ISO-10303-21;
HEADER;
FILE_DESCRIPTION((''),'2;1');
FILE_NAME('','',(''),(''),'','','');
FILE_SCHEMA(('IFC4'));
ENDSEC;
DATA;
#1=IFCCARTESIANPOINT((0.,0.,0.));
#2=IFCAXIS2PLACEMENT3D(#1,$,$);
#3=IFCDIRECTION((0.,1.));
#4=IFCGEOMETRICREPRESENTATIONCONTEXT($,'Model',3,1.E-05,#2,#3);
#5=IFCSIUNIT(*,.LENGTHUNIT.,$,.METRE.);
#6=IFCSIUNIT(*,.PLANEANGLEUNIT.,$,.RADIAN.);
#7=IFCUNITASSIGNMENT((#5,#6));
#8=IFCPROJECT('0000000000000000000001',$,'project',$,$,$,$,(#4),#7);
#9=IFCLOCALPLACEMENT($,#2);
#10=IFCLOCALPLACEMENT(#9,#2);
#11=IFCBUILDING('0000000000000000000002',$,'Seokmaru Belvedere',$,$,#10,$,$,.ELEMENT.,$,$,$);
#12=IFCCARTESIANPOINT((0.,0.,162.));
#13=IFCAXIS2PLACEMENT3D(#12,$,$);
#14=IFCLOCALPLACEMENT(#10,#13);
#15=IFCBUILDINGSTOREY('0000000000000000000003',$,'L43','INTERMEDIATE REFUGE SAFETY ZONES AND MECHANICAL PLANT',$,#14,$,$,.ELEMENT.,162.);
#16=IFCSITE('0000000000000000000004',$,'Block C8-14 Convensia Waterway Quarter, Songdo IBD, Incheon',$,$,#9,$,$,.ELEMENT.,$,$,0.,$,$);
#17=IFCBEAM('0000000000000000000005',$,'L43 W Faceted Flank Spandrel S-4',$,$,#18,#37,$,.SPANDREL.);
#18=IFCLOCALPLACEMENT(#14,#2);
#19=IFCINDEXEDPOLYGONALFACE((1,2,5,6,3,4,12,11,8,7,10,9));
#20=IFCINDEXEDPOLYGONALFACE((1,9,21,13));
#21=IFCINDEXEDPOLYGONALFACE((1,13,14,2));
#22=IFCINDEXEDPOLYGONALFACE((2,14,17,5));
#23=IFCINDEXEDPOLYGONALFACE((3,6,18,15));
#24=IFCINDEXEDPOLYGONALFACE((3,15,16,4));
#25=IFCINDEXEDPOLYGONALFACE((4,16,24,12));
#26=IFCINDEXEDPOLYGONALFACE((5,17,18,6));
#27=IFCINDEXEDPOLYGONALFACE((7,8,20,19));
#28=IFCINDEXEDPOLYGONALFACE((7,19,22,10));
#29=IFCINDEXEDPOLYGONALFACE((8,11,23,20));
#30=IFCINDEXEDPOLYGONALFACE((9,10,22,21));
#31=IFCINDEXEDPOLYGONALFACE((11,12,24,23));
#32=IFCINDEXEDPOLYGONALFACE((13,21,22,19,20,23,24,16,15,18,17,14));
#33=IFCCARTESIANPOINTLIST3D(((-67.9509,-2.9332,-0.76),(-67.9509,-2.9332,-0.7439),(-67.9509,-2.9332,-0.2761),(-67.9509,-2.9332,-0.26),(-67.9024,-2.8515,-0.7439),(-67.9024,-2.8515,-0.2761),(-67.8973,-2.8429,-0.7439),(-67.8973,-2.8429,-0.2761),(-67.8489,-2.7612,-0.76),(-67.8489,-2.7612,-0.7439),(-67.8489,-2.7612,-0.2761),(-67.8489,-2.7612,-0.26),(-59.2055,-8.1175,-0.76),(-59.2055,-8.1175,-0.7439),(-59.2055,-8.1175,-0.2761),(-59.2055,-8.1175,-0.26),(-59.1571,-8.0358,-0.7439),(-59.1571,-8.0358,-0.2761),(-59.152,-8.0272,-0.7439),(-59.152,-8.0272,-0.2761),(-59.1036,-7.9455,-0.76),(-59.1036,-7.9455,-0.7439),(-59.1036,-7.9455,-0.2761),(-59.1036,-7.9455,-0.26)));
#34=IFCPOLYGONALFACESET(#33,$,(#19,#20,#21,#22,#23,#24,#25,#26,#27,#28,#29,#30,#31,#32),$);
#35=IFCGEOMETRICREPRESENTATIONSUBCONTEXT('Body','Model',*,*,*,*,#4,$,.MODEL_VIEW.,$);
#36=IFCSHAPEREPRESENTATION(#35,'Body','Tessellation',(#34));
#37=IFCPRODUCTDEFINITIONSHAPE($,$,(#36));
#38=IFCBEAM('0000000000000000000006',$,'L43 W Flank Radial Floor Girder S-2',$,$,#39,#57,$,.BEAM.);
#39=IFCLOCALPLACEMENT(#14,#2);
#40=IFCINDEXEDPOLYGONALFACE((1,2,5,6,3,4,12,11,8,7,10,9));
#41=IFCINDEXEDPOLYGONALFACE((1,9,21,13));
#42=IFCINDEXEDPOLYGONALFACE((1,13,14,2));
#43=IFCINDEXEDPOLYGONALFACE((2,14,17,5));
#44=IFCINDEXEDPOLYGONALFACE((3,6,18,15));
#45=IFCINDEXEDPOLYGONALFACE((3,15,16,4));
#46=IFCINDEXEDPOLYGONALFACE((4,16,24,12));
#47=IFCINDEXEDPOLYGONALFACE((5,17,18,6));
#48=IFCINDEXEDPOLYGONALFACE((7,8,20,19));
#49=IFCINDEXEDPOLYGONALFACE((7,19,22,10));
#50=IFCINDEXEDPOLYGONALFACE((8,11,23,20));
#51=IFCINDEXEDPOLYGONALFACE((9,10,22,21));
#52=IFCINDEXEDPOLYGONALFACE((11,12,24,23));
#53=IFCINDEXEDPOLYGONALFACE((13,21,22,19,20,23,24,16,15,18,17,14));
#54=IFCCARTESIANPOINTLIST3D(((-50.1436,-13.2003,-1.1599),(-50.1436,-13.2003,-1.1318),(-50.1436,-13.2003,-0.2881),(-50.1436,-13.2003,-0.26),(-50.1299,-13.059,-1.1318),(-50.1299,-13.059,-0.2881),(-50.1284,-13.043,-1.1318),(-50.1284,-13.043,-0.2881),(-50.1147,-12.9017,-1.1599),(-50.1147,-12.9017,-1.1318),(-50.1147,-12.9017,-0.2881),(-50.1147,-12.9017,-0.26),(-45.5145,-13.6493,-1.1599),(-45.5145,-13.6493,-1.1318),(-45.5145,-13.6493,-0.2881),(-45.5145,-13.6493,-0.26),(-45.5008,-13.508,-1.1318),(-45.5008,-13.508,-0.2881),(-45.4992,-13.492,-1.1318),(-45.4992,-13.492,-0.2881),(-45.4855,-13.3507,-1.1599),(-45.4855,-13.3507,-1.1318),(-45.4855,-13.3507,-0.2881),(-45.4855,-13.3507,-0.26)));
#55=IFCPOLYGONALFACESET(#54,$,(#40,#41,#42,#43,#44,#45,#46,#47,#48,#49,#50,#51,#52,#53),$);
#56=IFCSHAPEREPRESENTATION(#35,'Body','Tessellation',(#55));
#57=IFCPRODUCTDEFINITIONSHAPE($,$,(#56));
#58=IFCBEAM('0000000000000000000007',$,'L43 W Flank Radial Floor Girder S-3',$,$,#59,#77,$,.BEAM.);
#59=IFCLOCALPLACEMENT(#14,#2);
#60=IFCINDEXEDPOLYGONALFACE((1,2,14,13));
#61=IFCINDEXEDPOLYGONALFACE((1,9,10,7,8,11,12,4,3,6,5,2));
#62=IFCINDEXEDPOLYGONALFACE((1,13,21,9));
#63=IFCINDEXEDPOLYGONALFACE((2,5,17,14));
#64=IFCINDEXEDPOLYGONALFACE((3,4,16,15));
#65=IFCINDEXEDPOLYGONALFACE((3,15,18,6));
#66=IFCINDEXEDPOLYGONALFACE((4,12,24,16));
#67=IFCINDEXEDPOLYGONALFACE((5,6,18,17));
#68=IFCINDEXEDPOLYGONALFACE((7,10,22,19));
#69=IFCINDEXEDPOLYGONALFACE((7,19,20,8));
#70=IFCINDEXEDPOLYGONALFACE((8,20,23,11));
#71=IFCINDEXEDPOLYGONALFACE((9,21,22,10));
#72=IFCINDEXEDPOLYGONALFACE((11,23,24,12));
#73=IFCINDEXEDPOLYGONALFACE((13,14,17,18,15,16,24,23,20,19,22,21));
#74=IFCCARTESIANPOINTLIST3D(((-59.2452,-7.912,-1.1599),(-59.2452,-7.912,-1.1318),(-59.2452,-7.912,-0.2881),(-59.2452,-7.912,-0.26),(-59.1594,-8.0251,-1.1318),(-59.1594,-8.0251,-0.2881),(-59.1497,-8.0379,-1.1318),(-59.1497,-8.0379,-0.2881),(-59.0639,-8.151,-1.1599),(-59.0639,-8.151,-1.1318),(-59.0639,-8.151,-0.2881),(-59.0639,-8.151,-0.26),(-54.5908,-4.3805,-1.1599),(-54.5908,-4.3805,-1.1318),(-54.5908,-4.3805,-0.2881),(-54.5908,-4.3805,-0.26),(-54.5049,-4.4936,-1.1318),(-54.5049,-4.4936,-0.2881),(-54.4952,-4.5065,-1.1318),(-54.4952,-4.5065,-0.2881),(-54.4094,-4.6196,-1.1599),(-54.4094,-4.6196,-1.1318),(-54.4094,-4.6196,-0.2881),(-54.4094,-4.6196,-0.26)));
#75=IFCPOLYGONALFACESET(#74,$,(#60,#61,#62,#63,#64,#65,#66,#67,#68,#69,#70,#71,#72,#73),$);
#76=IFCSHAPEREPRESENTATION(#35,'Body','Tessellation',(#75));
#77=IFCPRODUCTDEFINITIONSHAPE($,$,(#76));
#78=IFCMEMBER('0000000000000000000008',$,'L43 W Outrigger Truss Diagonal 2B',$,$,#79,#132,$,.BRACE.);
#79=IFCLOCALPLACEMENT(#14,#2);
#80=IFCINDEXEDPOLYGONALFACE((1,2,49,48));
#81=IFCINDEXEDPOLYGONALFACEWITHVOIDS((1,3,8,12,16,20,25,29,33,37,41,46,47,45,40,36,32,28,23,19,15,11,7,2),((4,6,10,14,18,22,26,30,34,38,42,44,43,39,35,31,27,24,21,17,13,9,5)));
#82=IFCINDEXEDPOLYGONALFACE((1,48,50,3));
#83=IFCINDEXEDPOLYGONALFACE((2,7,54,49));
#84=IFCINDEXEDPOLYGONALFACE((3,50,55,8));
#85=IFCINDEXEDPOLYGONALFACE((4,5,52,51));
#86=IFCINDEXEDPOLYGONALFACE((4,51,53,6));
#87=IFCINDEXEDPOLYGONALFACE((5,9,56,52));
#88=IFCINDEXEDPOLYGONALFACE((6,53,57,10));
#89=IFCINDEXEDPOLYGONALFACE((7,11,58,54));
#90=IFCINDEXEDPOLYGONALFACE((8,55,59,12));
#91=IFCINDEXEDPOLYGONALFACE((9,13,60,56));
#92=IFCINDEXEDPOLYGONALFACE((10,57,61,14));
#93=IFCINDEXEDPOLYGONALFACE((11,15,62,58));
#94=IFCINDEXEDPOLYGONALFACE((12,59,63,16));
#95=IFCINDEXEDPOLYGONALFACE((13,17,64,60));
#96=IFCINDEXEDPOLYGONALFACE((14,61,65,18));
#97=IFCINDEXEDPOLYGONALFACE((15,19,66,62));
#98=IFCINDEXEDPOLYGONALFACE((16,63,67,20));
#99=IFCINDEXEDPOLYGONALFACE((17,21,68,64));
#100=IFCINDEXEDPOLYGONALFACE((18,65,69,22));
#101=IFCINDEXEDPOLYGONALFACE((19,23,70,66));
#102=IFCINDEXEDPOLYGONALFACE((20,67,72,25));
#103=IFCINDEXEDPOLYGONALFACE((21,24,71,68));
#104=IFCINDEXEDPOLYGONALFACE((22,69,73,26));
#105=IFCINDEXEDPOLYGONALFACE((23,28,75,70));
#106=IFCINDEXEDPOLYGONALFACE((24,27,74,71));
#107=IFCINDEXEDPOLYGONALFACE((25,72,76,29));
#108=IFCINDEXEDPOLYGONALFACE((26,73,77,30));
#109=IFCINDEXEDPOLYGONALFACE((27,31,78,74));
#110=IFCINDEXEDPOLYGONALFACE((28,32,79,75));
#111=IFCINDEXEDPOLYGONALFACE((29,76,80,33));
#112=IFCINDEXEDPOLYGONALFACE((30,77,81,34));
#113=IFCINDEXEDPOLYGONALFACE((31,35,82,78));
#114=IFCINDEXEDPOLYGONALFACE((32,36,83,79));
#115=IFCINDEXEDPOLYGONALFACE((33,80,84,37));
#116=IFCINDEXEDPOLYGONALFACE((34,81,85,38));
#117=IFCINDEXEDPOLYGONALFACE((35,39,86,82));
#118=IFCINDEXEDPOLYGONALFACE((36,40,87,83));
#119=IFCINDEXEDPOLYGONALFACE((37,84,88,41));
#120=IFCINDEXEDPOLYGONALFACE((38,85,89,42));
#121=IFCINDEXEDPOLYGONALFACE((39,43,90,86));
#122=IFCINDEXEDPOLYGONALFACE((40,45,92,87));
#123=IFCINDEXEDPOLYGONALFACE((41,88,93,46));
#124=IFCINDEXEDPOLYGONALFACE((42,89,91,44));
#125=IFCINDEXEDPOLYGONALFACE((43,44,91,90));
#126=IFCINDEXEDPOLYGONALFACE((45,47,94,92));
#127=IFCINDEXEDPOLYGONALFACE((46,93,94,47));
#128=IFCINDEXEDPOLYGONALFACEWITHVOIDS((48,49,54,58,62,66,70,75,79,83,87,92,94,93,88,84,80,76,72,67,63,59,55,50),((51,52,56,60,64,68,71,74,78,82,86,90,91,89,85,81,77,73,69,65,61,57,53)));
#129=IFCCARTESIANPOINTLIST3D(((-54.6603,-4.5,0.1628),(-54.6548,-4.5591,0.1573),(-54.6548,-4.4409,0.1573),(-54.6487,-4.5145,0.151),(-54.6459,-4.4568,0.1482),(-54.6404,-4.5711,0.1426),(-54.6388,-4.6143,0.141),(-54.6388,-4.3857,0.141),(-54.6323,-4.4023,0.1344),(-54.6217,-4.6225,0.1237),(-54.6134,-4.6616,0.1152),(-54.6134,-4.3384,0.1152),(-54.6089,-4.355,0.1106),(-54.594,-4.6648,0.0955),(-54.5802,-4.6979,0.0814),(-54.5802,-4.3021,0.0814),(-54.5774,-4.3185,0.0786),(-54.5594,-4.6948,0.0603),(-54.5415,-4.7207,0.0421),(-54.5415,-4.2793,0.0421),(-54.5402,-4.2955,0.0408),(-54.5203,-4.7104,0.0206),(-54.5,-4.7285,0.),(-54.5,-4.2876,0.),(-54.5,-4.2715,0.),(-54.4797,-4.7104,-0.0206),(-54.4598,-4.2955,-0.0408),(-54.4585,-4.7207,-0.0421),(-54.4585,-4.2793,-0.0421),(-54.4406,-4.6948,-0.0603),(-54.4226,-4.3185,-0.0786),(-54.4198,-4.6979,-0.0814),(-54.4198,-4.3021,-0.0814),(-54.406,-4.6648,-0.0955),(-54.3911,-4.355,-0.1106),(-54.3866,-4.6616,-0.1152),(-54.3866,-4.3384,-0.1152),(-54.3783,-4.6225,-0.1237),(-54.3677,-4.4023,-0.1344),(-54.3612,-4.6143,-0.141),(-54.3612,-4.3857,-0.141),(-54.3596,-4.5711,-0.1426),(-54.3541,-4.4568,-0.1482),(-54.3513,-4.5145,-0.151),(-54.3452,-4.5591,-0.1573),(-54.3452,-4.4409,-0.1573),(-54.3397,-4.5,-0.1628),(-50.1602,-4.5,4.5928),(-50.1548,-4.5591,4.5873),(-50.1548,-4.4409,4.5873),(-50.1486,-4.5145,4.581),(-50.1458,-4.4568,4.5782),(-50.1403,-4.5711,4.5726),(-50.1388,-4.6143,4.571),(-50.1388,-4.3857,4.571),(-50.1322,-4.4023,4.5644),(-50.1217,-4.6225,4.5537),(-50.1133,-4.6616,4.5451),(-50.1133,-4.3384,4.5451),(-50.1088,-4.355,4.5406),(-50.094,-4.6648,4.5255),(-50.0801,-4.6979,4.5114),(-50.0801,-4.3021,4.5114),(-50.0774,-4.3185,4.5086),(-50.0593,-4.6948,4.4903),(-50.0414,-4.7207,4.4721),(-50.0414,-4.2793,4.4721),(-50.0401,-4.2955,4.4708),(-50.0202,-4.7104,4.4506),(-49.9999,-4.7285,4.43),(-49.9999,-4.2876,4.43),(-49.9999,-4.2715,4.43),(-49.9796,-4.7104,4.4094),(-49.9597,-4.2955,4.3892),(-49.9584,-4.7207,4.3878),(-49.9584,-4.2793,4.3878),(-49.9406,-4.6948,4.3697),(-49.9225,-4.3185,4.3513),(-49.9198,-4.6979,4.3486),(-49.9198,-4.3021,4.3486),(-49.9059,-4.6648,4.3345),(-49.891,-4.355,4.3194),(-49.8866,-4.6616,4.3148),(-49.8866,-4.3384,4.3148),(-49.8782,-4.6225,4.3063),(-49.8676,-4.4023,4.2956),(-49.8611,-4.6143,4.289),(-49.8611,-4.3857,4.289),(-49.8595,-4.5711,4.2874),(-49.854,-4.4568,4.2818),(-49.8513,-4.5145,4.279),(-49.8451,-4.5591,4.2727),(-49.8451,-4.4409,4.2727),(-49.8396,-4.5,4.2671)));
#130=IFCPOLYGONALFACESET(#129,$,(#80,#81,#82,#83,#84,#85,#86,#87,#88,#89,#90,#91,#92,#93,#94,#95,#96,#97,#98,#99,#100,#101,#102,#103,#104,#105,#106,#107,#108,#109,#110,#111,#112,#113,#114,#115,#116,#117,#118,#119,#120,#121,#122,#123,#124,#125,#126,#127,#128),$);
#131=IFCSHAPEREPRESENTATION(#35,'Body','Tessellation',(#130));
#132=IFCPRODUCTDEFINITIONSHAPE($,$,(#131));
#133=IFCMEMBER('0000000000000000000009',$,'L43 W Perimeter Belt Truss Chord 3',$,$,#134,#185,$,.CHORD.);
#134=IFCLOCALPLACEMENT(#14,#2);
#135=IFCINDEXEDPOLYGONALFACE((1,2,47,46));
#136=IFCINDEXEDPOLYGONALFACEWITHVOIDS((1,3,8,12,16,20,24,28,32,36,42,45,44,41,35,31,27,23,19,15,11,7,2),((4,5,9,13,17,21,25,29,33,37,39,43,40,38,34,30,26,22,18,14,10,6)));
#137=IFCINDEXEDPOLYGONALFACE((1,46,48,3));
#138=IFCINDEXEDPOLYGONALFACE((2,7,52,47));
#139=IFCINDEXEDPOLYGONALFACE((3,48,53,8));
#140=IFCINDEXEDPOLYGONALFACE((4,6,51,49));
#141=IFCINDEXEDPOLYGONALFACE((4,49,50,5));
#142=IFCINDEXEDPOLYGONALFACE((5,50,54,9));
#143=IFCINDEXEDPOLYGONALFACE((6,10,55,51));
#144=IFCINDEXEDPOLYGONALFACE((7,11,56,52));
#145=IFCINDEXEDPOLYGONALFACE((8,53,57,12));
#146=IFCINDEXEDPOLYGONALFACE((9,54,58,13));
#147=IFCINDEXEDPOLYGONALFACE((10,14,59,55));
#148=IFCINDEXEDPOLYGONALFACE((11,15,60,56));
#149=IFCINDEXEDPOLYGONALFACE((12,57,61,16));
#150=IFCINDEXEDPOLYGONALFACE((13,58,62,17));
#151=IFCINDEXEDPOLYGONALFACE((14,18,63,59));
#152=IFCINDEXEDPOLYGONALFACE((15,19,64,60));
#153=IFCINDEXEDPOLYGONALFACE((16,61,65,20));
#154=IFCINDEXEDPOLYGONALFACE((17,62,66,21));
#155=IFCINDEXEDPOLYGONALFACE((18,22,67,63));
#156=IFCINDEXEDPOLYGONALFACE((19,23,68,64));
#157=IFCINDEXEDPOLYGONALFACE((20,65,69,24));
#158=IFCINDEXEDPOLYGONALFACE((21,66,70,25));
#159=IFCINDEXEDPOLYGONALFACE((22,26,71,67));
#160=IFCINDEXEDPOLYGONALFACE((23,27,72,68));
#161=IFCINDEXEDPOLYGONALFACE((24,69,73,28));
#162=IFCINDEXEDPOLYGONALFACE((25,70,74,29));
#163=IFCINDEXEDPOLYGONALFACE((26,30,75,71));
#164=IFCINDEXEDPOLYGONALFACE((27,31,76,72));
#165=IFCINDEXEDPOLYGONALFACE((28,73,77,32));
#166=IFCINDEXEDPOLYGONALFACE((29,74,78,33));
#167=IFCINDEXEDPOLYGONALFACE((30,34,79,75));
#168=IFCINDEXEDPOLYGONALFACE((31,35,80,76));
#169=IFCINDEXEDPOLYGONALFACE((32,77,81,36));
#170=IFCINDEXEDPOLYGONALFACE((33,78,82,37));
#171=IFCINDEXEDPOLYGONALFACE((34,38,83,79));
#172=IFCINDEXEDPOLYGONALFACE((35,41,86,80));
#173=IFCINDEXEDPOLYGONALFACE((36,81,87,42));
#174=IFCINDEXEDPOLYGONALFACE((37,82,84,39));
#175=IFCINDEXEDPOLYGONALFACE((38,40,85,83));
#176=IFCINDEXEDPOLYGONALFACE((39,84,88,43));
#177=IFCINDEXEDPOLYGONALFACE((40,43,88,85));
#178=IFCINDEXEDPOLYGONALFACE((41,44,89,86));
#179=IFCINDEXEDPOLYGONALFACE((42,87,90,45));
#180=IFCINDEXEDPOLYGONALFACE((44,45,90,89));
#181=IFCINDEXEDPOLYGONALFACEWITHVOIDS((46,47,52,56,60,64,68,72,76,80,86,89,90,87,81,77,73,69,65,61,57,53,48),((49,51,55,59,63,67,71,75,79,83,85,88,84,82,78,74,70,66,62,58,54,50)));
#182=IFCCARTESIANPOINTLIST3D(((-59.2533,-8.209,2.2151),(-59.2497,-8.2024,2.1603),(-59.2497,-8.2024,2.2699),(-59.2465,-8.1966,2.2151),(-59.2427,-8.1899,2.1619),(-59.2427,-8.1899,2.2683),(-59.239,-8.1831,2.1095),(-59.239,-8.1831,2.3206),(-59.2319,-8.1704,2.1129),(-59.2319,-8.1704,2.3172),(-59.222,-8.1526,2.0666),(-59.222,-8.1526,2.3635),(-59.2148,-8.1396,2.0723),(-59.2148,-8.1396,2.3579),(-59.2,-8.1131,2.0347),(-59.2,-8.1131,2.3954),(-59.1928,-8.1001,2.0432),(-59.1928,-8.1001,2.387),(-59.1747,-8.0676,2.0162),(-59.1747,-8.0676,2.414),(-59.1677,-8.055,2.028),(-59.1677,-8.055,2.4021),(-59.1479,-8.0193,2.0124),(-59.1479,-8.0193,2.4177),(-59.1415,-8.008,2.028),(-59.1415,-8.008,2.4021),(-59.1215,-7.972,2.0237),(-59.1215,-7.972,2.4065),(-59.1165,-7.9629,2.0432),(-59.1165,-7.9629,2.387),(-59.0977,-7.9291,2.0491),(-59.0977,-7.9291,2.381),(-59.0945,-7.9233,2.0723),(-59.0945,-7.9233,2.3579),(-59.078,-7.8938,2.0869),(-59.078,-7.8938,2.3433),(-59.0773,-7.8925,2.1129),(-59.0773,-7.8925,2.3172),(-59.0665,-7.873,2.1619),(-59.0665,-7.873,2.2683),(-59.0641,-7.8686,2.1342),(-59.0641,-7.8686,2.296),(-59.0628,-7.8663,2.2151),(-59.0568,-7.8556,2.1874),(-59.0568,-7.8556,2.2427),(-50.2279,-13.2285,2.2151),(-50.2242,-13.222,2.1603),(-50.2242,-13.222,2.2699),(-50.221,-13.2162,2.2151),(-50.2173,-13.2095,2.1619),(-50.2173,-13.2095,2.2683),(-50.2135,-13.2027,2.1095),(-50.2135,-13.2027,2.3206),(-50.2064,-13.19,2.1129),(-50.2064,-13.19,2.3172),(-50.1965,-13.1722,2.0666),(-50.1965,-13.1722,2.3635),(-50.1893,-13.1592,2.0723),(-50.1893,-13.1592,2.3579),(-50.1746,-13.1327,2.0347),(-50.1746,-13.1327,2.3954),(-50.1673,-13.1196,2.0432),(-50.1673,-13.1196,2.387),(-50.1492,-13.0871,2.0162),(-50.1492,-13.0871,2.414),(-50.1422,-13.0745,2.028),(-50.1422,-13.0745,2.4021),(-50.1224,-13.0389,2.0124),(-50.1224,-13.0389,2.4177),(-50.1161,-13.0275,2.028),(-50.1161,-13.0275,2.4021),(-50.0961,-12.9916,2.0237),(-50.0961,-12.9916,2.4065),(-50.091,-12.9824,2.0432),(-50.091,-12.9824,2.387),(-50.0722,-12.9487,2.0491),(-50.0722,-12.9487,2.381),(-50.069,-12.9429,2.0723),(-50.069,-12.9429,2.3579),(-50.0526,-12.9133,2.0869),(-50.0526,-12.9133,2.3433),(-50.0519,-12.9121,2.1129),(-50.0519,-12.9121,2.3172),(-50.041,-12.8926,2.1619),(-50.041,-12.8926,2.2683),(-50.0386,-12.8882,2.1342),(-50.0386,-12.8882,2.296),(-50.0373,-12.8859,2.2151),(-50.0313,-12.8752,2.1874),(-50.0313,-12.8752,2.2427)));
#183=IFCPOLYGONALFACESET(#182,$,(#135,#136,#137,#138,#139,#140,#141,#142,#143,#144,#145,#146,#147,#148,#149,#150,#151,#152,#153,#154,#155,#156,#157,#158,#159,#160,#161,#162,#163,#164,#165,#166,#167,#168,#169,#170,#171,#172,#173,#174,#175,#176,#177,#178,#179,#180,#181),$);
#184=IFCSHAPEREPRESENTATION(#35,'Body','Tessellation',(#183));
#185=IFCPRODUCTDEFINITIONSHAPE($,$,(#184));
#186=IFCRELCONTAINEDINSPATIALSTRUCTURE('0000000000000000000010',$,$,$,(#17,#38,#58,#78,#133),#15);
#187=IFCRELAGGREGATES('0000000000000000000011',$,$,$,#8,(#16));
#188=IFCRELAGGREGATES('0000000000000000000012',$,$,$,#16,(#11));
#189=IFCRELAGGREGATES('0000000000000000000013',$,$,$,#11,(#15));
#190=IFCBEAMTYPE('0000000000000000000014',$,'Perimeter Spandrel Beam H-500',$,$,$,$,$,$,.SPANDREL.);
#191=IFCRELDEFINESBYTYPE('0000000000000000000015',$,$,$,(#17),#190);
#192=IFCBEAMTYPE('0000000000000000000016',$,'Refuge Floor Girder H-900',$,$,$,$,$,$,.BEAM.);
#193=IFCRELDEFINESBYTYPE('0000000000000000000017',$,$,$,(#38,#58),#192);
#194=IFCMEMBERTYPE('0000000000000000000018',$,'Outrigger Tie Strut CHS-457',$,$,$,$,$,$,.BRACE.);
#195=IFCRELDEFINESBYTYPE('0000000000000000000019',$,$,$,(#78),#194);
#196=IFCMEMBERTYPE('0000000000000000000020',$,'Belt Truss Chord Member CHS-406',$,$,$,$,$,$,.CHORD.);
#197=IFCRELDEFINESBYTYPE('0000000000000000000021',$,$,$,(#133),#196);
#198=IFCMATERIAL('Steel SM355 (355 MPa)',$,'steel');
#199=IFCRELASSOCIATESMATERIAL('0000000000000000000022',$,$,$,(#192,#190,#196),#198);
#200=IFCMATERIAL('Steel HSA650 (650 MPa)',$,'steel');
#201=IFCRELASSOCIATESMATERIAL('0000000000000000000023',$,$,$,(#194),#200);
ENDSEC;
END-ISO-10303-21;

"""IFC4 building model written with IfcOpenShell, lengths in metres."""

from ifc_helpers import new_model, si_unit, direction, frame, origin, origin_2d, place, context, subcontext, project, spatial, hollow_circle, i_section, extrude, source, transform, mapped, material, material_profile, profile_set, type_object, type_shapes, element, save


model = new_model("IFC4")

# Units and contexts
model_context = context("Model", 3, precision=1e-05, world=origin(), true_north=direction((0.0, 1.0)))
body_context = subcontext(model_context, "Body", "Model", "MODEL_VIEW")
ifc_project = project(units=[si_unit("LENGTHUNIT", "METRE"), si_unit("PLANEANGLEUNIT", "RADIAN")], contexts=[model_context])

# Site, building, storey
site_placement = place(None, origin())
site = spatial("IfcSite", under=ifc_project, at=site_placement, Name="Block C8-14 Convensia Waterway Quarter, Songdo IBD, Incheon", CompositionType="ELEMENT", RefElevation=0.0)
building_placement = place(site_placement, origin())
building = spatial("IfcBuilding", under=site, at=building_placement, Name="Seokmaru Belvedere", CompositionType="ELEMENT")
storey_placement = place(building_placement, frame((0.0, 0.0, 162.0)))
storey = spatial("IfcBuildingStorey", under=building, at=storey_placement, Name="L43", Description="INTERMEDIATE REFUGE SAFETY ZONES AND MECHANICAL PLANT", CompositionType="ELEMENT", Elevation=162.0)

# Shared definitions
ifc_material_1 = material(Name="Steel SM355 (355 MPa)", Category="steel")

# Beams
ifc_material_profile_1 = material_profile(ifc_material_1, i_section(OverallWidth=0.3, OverallDepth=0.8999, WebThickness=0.0161, FlangeThickness=0.0281, at=origin_2d()), Name="H-900x300x16x28")
ifc_profile_set_1 = profile_set([ifc_material_profile_1], Name="Steel SM355 (355 MPa)")
beam_type_1 = type_object("IfcBeamType", Name="Refuge Floor Girder H-900", PredefinedType="BEAM", material=ifc_profile_set_1)
ifc_material_profile_2 = material_profile(ifc_material_1, i_section(OverallWidth=0.2, OverallDepth=0.5, WebThickness=0.01, FlangeThickness=0.0161, at=origin_2d()), Name="H-500x200x10x16")
ifc_profile_set_2 = profile_set([ifc_material_profile_2], Name="Steel SM355 (355 MPa)")
beam_type_2 = type_object("IfcBeamType", Name="Perimeter Spandrel Beam H-500", PredefinedType="SPANDREL", material=ifc_profile_set_2)
shared_shape_1 = source(origin(), body_context, "Body", "SweptSolid", [
    extrude(i_section(OverallWidth=0.2, OverallDepth=0.5, WebThickness=0.01, FlangeThickness=0.0161, at=origin_2d()), origin(), (0.0, 0.0, 1.0), 10.1665),
])
beam_1_placement = place(storey_placement, frame((-59.1545, -8.0315, -0.51), z_axis=(-0.86021, 0.50994, 0.0), x_axis=(-0.50994, -0.86021, 0.0)))
element("IfcBeam", 1, at=beam_1_placement, inside=storey, type_object=beam_type_2, Name="L43 W Faceted Flank Spandrel S-4", PredefinedType="SPANDREL", context=body_context, shape_type="MappedRepresentation", body=[
    mapped(shared_shape_1, transform((0.0, 0.0, 0.0), scale=1.0)),
])
shared_shape_2 = source(origin(), body_context, "Body", "SweptSolid", [
    extrude(i_section(OverallWidth=0.3, OverallDepth=0.8999, WebThickness=0.0161, FlangeThickness=0.0281, at=origin_2d()), origin(), (0.0, 0.0, 1.0), 4.6509),
])
beam_2_placement = place(storey_placement, frame((-50.1292, -13.051, -0.71), z_axis=(0.99533, -0.096536, 0.0), x_axis=(0.096536, 0.99533, 0.0)))
element("IfcBeam", 2, at=beam_2_placement, inside=storey, type_object=beam_type_1, Name="L43 W Flank Radial Floor Girder S-2", PredefinedType="BEAM", context=body_context, shape_type="MappedRepresentation", body=[
    mapped(shared_shape_2, transform((0.0, 0.0, 0.0), scale=1.0)),
])
shared_shape_3 = source(origin(), body_context, "Body", "SweptSolid", [
    extrude(i_section(OverallWidth=0.3, OverallDepth=0.8999, WebThickness=0.0161, FlangeThickness=0.0281, at=origin_2d()), origin(), (0.0, 0.0, 1.0), 5.8425),
])
beam_3_placement = place(storey_placement, frame((-59.1545, -8.0315, -0.71), z_axis=(0.796653, 0.604437, 0.0), x_axis=(-0.604437, 0.796653, 0.0)))
element("IfcBeam", 3, at=beam_3_placement, inside=storey, type_object=beam_type_1, Name="L43 W Flank Radial Floor Girder S-3", PredefinedType="BEAM", context=body_context, shape_type="MappedRepresentation", body=[
    mapped(shared_shape_3, transform((0.0, 0.0, 0.0), scale=1.0)),
])

# Members
ifc_material_2 = material(Name="Steel HSA650 (650 MPa)", Category="steel")
ifc_material_profile_3 = material_profile(ifc_material_2, hollow_circle(Radius=0.2285, WallThickness=0.0161, at=origin_2d()), Name="CHS-457.2x16.0")
ifc_profile_set_3 = profile_set([ifc_material_profile_3], Name="Steel HSA650 (650 MPa)")
member_type_1 = type_object("IfcMemberType", Name="Outrigger Tie Strut CHS-457", PredefinedType="BRACE", material=ifc_profile_set_3)
shared_shape_4 = source(origin(), body_context, "Body", "SweptSolid", [
    extrude(hollow_circle(Radius=0.2285, WallThickness=0.0161, at=origin_2d()), origin(), (0.0, 0.0, 1.0), 6.3147),
])
type_shapes(member_type_1, [shared_shape_4])
member_1_placement = place(storey_placement, frame((-54.5, -4.5, 0.0), z_axis=(0.712633, 0.0, 0.701537), x_axis=(0.0, 1.0, 0.0)))
element("IfcMember", 4, at=member_1_placement, inside=storey, type_object=member_type_1, Name="L43 W Outrigger Truss Diagonal 2B", PredefinedType="BRACE", context=body_context, shape_type="MappedRepresentation", body=[
    mapped(shared_shape_4, transform((0.0, 0.0, 0.0), scale=1.0)),
])
ifc_material_profile_4 = material_profile(ifc_material_1, hollow_circle(Radius=0.2031, WallThickness=0.0142, at=origin_2d()), Name="CHS-406.4x14.2")
ifc_profile_set_4 = profile_set([ifc_material_profile_4], Name="Steel SM355 (355 MPa)")
member_type_2 = type_object("IfcMemberType", Name="Belt Truss Chord Member CHS-406", PredefinedType="CHORD", material=ifc_profile_set_4)
shared_shape_5 = source(origin(), body_context, "Body", "SweptSolid", [
    extrude(hollow_circle(Radius=0.2031, WallThickness=0.0142, at=origin_2d()), origin(), (0.0, 0.0, 1.0), 10.3274),
])
member_2_placement = place(storey_placement, frame((-50.1292, -13.051, 2.2151), z_axis=(-0.873934, 0.486044, 0.0), x_axis=(-0.486044, -0.873934, 0.0)))
element("IfcMember", 5, at=member_2_placement, inside=storey, type_object=member_type_2, Name="L43 W Perimeter Belt Truss Chord 3", PredefinedType="CHORD", context=body_context, shape_type="MappedRepresentation", body=[
    mapped(shared_shape_5, transform((0.0, 0.0, 0.0), scale=1.0)),
])

save(model, "model.ifc")
